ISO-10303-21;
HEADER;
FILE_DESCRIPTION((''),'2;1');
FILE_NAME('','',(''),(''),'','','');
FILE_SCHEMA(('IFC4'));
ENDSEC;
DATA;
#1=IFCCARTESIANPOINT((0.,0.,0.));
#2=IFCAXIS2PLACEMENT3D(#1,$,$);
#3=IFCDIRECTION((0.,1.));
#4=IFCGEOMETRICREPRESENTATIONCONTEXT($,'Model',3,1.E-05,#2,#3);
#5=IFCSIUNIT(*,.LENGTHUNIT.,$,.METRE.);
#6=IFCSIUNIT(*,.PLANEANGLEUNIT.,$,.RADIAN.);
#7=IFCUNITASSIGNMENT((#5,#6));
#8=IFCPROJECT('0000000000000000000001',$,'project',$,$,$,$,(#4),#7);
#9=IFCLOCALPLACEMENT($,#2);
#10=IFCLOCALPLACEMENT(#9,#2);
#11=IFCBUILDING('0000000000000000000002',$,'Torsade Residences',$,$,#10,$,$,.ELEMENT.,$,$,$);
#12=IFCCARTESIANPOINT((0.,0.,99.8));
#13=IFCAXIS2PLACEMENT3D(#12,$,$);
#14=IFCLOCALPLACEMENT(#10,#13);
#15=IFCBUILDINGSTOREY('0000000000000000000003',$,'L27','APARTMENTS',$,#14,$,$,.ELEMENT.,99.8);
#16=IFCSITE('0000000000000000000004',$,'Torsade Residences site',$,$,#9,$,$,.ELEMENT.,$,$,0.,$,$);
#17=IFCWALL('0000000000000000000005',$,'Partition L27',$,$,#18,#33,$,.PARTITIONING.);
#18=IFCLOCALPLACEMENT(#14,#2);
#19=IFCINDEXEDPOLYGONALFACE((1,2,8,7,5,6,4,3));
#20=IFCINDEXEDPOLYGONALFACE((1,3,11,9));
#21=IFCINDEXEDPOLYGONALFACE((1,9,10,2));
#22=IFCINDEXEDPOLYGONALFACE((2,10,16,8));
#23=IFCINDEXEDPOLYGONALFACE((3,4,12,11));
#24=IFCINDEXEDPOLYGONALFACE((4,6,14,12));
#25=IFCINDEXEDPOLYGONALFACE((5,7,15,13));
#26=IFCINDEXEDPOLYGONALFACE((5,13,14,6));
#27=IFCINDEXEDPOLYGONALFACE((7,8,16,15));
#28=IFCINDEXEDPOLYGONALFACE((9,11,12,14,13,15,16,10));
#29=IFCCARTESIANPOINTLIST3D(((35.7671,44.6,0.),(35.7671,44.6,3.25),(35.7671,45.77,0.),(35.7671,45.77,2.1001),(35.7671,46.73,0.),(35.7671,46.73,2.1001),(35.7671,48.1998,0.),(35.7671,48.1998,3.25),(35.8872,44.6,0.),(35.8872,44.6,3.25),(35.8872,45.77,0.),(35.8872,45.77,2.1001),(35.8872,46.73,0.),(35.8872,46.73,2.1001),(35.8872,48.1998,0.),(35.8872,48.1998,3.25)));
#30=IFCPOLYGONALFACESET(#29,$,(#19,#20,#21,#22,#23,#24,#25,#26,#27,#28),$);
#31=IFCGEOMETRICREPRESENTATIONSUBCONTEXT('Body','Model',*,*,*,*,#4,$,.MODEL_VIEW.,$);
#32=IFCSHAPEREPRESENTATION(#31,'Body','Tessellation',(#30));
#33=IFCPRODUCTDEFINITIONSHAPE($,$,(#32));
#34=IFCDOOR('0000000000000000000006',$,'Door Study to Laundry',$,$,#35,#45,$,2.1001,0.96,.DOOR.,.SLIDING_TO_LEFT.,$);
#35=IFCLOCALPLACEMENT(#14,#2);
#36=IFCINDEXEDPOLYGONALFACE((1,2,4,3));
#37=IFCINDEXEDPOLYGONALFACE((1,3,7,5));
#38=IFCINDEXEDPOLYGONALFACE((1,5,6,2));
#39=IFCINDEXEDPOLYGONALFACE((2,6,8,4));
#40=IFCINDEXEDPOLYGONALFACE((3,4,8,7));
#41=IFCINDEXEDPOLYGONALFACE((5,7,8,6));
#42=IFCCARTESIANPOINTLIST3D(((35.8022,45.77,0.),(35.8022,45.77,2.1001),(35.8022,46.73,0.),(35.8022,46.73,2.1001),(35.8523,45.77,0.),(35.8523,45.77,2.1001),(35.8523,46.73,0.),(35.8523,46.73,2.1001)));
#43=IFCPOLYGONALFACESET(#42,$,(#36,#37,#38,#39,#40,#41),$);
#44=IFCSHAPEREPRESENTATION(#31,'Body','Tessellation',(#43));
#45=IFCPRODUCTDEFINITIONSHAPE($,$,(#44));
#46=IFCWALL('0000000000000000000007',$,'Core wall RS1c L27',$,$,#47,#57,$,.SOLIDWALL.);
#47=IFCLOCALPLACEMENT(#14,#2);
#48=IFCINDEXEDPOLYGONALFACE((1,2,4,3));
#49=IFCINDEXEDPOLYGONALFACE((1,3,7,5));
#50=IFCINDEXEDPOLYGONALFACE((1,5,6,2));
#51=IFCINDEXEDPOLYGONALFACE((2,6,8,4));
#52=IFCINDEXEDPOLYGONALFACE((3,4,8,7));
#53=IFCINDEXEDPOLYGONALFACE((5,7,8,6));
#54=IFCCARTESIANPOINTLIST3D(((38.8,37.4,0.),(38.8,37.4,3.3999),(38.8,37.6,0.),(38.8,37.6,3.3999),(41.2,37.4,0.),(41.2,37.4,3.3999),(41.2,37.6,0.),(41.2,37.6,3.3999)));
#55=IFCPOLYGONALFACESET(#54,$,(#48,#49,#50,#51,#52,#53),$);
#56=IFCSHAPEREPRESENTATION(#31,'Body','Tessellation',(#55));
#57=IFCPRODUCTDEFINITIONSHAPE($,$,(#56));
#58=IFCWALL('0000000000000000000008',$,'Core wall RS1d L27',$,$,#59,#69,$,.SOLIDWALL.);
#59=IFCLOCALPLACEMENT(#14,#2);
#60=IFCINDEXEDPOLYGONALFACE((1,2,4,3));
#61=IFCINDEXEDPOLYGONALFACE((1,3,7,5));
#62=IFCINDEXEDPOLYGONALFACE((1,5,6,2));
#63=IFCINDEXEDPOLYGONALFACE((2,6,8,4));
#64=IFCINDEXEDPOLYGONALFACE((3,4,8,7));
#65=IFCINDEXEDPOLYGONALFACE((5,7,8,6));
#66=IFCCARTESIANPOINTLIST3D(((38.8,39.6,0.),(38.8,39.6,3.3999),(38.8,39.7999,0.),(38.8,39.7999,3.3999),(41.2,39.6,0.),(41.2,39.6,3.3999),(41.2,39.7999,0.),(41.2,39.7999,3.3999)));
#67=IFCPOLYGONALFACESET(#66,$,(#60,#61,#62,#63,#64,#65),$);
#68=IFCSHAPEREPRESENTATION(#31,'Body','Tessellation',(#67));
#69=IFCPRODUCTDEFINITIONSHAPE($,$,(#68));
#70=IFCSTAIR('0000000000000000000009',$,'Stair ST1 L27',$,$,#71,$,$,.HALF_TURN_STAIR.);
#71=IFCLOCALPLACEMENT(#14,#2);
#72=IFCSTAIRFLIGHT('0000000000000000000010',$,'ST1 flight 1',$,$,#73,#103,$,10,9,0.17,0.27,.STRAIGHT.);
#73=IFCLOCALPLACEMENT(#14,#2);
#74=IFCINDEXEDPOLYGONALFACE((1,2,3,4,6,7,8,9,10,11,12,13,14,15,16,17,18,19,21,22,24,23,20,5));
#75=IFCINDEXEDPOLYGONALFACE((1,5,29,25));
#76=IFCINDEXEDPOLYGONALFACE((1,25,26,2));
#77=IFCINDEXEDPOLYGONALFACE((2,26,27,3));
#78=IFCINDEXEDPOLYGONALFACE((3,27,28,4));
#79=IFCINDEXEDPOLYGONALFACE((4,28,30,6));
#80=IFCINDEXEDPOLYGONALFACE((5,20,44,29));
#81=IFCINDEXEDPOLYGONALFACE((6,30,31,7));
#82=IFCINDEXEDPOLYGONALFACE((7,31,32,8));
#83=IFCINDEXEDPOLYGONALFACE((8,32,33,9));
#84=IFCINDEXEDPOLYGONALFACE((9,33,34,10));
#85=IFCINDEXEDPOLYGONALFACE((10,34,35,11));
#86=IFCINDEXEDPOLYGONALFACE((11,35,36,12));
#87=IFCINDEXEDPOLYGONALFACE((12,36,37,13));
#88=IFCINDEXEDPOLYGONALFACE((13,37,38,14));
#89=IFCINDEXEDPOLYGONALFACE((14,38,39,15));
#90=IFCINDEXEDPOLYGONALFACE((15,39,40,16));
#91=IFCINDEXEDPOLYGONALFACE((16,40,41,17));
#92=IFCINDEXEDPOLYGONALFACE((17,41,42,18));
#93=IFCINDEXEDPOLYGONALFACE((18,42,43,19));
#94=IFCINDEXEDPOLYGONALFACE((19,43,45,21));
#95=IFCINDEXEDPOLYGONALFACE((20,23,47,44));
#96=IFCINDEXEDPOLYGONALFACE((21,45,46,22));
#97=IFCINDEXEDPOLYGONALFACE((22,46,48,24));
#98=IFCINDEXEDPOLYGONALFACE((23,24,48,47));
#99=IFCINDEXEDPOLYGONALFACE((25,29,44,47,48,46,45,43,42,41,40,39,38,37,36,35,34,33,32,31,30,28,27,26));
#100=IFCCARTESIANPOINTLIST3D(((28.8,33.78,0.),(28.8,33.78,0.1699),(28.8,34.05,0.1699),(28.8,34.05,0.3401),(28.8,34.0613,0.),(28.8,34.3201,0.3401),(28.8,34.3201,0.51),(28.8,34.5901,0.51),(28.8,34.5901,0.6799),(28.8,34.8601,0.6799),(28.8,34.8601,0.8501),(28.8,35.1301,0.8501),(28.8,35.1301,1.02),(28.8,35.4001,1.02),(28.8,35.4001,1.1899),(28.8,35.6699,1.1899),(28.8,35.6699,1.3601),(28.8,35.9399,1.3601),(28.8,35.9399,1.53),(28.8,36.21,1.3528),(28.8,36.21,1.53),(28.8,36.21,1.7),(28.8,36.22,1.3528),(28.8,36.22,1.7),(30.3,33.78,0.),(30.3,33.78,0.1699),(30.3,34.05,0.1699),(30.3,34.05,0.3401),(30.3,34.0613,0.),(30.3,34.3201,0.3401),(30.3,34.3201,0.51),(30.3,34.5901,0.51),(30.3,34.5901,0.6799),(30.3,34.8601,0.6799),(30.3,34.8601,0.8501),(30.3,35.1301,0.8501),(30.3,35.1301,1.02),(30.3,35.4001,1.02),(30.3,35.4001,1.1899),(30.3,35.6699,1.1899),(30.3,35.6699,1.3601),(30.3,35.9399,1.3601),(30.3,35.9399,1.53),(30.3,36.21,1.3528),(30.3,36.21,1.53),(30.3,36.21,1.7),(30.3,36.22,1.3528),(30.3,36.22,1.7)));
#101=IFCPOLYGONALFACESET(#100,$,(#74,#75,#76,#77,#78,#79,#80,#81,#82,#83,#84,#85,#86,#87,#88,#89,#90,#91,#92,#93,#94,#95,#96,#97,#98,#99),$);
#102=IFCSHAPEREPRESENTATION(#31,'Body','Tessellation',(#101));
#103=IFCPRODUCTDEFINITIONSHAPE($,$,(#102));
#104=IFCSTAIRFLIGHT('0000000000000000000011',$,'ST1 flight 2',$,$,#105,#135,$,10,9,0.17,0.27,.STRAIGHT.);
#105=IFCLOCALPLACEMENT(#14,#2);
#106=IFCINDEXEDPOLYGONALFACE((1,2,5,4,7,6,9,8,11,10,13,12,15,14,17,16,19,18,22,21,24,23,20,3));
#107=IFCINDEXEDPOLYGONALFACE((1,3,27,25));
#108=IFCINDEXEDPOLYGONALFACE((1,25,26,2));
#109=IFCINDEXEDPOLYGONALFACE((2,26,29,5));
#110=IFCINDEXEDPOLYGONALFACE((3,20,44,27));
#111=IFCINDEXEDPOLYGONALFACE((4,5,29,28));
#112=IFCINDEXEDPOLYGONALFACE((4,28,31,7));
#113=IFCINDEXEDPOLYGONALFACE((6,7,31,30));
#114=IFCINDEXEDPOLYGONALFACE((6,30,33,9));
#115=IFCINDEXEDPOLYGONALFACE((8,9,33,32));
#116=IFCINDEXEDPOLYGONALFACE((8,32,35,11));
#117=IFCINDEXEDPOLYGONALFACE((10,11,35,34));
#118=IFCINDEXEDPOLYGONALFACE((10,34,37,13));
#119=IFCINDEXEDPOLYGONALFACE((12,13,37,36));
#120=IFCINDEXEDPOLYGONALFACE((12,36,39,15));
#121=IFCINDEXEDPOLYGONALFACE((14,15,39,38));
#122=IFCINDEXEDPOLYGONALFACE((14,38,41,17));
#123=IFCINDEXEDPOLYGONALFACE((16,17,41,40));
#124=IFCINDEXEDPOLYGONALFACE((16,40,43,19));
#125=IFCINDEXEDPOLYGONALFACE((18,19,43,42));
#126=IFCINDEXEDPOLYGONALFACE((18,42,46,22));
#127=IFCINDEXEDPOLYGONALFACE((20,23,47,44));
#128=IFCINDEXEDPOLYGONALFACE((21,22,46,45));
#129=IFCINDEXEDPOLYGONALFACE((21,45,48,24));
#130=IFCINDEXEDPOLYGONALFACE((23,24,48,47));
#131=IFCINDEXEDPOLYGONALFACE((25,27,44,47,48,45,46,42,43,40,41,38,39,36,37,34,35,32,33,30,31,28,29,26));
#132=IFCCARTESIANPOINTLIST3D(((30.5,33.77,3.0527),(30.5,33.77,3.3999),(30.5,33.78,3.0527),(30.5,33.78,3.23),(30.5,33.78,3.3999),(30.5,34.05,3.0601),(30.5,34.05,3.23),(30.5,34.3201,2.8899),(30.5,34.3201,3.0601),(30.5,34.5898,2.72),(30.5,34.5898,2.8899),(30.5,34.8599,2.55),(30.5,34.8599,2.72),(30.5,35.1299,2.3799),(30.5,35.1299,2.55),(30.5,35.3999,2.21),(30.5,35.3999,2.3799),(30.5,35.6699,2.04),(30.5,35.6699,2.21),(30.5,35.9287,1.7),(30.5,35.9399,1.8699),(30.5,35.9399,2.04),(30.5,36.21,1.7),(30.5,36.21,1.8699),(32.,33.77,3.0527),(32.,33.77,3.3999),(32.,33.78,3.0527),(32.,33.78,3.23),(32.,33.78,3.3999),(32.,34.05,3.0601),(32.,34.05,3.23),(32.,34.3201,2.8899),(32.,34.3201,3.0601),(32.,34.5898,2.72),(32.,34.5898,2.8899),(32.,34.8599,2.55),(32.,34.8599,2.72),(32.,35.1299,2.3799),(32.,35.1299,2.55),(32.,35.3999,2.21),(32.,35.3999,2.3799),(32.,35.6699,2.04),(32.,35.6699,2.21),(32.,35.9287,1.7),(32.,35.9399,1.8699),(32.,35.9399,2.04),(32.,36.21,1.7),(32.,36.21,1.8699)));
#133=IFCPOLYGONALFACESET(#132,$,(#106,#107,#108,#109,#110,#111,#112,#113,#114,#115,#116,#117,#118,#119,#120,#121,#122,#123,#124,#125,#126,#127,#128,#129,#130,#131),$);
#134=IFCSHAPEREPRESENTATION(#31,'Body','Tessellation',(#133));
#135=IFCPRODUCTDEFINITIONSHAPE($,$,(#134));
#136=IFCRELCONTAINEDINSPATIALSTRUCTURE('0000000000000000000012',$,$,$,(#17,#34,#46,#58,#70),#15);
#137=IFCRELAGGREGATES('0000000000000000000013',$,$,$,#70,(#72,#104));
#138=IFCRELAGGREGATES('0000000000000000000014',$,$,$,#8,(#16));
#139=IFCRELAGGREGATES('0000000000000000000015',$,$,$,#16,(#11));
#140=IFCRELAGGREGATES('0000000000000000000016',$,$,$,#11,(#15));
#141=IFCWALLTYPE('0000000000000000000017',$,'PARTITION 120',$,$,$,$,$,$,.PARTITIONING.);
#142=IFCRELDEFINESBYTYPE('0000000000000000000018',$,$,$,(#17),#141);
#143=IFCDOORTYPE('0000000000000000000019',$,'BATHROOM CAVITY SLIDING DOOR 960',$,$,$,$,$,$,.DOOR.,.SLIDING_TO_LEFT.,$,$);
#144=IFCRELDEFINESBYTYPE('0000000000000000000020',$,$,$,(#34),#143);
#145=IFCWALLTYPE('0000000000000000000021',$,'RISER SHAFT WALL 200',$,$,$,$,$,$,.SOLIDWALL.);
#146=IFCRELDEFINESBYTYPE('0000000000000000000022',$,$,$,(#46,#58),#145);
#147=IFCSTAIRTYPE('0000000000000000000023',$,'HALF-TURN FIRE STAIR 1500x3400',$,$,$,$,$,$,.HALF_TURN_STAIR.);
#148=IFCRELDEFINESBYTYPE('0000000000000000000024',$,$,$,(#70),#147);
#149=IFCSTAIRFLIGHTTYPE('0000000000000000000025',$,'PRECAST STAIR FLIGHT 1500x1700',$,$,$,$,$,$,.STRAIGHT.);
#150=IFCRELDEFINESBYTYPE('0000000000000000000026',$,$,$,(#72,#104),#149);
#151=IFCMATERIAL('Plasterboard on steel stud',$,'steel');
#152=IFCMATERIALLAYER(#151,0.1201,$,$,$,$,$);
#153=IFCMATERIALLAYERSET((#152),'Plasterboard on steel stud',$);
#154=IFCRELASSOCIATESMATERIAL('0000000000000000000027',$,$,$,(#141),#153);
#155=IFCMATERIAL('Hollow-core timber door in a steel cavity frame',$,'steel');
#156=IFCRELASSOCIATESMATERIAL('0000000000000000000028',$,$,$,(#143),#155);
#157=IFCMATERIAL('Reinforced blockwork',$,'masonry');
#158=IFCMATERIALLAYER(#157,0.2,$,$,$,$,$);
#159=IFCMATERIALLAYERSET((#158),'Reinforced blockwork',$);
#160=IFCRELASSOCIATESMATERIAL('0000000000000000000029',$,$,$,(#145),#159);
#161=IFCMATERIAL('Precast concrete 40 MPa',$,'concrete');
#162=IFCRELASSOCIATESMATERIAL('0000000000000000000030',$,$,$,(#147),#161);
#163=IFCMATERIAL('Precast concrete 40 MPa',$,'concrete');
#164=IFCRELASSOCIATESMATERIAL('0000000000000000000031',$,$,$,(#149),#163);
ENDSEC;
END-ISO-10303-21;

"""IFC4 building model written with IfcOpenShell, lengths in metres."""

from ifc_helpers import new_model, si_unit, direction, frame, frame_2d, origin, place, context, subcontext, project, spatial, polyline, rectangle, outline, extrude, material, layer, layer_set, type_object, element, fill, aggregate, save


model = new_model("IFC4")

# Units and contexts
model_context = context("Model", 3, precision=1e-05, world=origin(), true_north=direction((0.0, 1.0)))
body_context = subcontext(model_context, "Body", "Model", "MODEL_VIEW")
ifc_project = project(units=[si_unit("LENGTHUNIT", "METRE"), si_unit("PLANEANGLEUNIT", "RADIAN")], contexts=[model_context])

# Site, building, storey
site_placement = place(None, origin())
site = spatial("IfcSite", under=ifc_project, at=site_placement, Name="Torsade Residences site", CompositionType="ELEMENT", RefElevation=0.0)
building_placement = place(site_placement, origin())
building = spatial("IfcBuilding", under=site, at=building_placement, Name="Torsade Residences", CompositionType="ELEMENT")
storey_placement = place(building_placement, frame((0.0, 0.0, 99.8)))
storey = spatial("IfcBuildingStorey", under=building, at=storey_placement, Name="L27", Description="APARTMENTS", CompositionType="ELEMENT", Elevation=99.8)

# Wall, opening, door
ifc_material_1 = material(Name="Plasterboard on steel stud", Category="steel")
ifc_layer_1 = layer(ifc_material_1, 0.1201)
ifc_layer_set_1 = layer_set([ifc_layer_1], Name="Plasterboard on steel stud")
wall_type_1 = type_object("IfcWallType", Name="PARTITION 120", PredefinedType="PARTITIONING", material=ifc_layer_set_1)
wall_1_placement = place(storey_placement, frame((35.8271, 44.6001, 0.0), z_axis=(0.0, 0.0, 1.0), x_axis=(0.0, 1.0, 0.0)))
wall_1 = element("IfcWall", 1, at=wall_1_placement, inside=storey, type_object=wall_type_1, Name="Partition L27", PredefinedType="PARTITIONING", context=body_context, shape_type="SweptSolid", body=[
    extrude(rectangle(XDim=3.5999, YDim=0.1201, at=frame_2d((1.7998, 0.0))), origin(), (0.0, 0.0, 1.0), 3.25),
])
opening_placement = place(wall_1_placement, frame((1.1699, 0.0, 0.0)))
opening = element("IfcOpeningElement", 2, at=opening_placement, cuts=wall_1, PredefinedType="OPENING", context=body_context, shape_type="SweptSolid", body=[
    extrude(rectangle(XDim=0.96, YDim=2.1001, at=frame_2d((0.48, 1.05))), frame((0.0, 0.0701, 0.0), z_axis=(0.0, -1.0, 0.0), x_axis=(1.0, 0.0, 0.0)), (0.0, 0.0, 1.0), 0.1401),
])
ifc_material_2 = material(Name="Hollow-core timber door in a steel cavity frame", Category="steel")
door_type = type_object("IfcDoorType", Name="BATHROOM CAVITY SLIDING DOOR 960", OperationType="SLIDING_TO_LEFT", PredefinedType="DOOR", material=ifc_material_2)
door_placement = place(opening_placement, origin())
door = element("IfcDoor", 3, at=door_placement, inside=storey, type_object=door_type, Name="Door Study to Laundry", OperationType="SLIDING_TO_LEFT", OverallHeight=2.1001, OverallWidth=0.96, PredefinedType="DOOR", context=body_context, shape_type="SweptSolid", body=[
    extrude(rectangle(XDim=0.96, YDim=2.1001, at=frame_2d((0.48, 1.05))), frame((0.0, 0.0249, 0.0), z_axis=(0.0, -1.0, 0.0), x_axis=(1.0, 0.0, 0.0)), (0.0, 0.0, 1.0), 0.05),
])
fill(opening, door)

# Walls
ifc_material_3 = material(Name="Reinforced blockwork", Category="masonry")
ifc_layer_2 = layer(ifc_material_3, 0.2)
ifc_layer_set_2 = layer_set([ifc_layer_2], Name="Reinforced blockwork")
wall_type_2 = type_object("IfcWallType", Name="RISER SHAFT WALL 200", PredefinedType="SOLIDWALL", material=ifc_layer_set_2)
for number, where, z_axis, x_axis, name in (
    (4, (38.8, 37.5, 0.0), (0.0, 0.0, 1.0), (1.0, 0.0, 0.0), "Core wall RS1c L27"),
    (5, (38.8, 39.7, 0.0), (0.0, 0.0, 1.0), (1.0, 0.0, 0.0), "Core wall RS1d L27"),
):
    element("IfcWall", number, at=place(storey_placement, frame(where, z_axis=z_axis, x_axis=x_axis)), inside=storey, type_object=wall_type_2, Name=name, PredefinedType="SOLIDWALL", context=body_context, shape_type="SweptSolid", body=[
        extrude(rectangle(XDim=2.3999, YDim=0.2, at=frame_2d((1.2, 0.0))), origin(), (0.0, 0.0, 1.0), 3.3999),
    ])

# Stair, stair flights
ifc_material_4 = material(Name="Precast concrete 40 MPa", Category="concrete")
stair_type = type_object("IfcStairType", Name="HALF-TURN FIRE STAIR 1500x3400", PredefinedType="HALF_TURN_STAIR", material=ifc_material_4)
stair_placement = place(storey_placement, origin())
stair = element("IfcStair", 6, at=stair_placement, inside=storey, type_object=stair_type, Name="Stair ST1 L27", PredefinedType="HALF_TURN_STAIR")
ifc_material_5 = material(Name="Precast concrete 40 MPa", Category="concrete")
stair_flight_type = type_object("IfcStairFlightType", Name="PRECAST STAIR FLIGHT 1500x1700", PredefinedType="STRAIGHT", material=ifc_material_5)
stair_flight_1_placement = place(storey_placement, frame((29.55, 33.78, 0.0), z_axis=(0.0, 0.0, 1.0), x_axis=(0.0, 1.0, 0.0)))
stair_flight_1 = element("IfcStairFlight", 7, at=stair_flight_1_placement, type_object=stair_flight_type, Name="ST1 flight 1", NumberOfRisers=10, NumberOfTreads=9, PredefinedType="STRAIGHT", RiserHeight=0.17, TreadLength=0.27, context=body_context, shape_type="SweptSolid", body=[
    extrude(outline(polyline([(0.0, 0.0), (0.0, 0.1699), (0.27, 0.1699), (0.27, 0.3401), (0.54, 0.3401), (0.54, 0.51), (0.8101, 0.51), (0.8101, 0.6799), (1.0801, 0.6799), (1.0801, 0.8501), (1.3501, 0.8501), (1.3501, 1.02), (1.6201, 1.02), (1.6201, 1.1899), (1.8899, 1.1899), (1.8899, 1.3601), (2.1599, 1.3601), (2.1599, 1.53), (2.4299, 1.53), (2.4299, 1.7), (2.4399, 1.7), (2.4399, 1.3528), (2.4299, 1.3528), (0.2812, 0.0), (0.0, 0.0)])), frame((0.0, 0.75, 0.0), z_axis=(0.0, -1.0, 0.0), x_axis=(1.0, 0.0, 0.0)), (0.0, 0.0, 1.0), 1.5),
])
stair_flight_2_placement = place(storey_placement, frame((31.25, 36.21, 1.7), z_axis=(0.0, 0.0, 1.0), x_axis=(0.0, -1.0, 0.0)))
stair_flight_2 = element("IfcStairFlight", 8, at=stair_flight_2_placement, type_object=stair_flight_type, Name="ST1 flight 2", NumberOfRisers=10, NumberOfTreads=9, PredefinedType="STRAIGHT", RiserHeight=0.17, TreadLength=0.27, context=body_context, shape_type="SweptSolid", body=[
    extrude(outline(polyline([(0.0, 0.0), (0.0, 0.1699), (0.27, 0.1699), (0.27, 0.3401), (0.54, 0.3401), (0.54, 0.51), (0.8101, 0.51), (0.8101, 0.6799), (1.0801, 0.6799), (1.0801, 0.8501), (1.3501, 0.8501), (1.3501, 1.02), (1.6201, 1.02), (1.6201, 1.1899), (1.8899, 1.1899), (1.8899, 1.3601), (2.1599, 1.3601), (2.1599, 1.53), (2.4299, 1.53), (2.4299, 1.7), (2.4399, 1.7), (2.4399, 1.3528), (2.4299, 1.3528), (0.2812, 0.0), (0.0, 0.0)])), frame((0.0, 0.75, 0.0), z_axis=(0.0, -1.0, 0.0), x_axis=(1.0, 0.0, 0.0)), (0.0, 0.0, 1.0), 1.5),
])
aggregate(stair, [stair_flight_1, stair_flight_2])

save(model, "model.ifc")
